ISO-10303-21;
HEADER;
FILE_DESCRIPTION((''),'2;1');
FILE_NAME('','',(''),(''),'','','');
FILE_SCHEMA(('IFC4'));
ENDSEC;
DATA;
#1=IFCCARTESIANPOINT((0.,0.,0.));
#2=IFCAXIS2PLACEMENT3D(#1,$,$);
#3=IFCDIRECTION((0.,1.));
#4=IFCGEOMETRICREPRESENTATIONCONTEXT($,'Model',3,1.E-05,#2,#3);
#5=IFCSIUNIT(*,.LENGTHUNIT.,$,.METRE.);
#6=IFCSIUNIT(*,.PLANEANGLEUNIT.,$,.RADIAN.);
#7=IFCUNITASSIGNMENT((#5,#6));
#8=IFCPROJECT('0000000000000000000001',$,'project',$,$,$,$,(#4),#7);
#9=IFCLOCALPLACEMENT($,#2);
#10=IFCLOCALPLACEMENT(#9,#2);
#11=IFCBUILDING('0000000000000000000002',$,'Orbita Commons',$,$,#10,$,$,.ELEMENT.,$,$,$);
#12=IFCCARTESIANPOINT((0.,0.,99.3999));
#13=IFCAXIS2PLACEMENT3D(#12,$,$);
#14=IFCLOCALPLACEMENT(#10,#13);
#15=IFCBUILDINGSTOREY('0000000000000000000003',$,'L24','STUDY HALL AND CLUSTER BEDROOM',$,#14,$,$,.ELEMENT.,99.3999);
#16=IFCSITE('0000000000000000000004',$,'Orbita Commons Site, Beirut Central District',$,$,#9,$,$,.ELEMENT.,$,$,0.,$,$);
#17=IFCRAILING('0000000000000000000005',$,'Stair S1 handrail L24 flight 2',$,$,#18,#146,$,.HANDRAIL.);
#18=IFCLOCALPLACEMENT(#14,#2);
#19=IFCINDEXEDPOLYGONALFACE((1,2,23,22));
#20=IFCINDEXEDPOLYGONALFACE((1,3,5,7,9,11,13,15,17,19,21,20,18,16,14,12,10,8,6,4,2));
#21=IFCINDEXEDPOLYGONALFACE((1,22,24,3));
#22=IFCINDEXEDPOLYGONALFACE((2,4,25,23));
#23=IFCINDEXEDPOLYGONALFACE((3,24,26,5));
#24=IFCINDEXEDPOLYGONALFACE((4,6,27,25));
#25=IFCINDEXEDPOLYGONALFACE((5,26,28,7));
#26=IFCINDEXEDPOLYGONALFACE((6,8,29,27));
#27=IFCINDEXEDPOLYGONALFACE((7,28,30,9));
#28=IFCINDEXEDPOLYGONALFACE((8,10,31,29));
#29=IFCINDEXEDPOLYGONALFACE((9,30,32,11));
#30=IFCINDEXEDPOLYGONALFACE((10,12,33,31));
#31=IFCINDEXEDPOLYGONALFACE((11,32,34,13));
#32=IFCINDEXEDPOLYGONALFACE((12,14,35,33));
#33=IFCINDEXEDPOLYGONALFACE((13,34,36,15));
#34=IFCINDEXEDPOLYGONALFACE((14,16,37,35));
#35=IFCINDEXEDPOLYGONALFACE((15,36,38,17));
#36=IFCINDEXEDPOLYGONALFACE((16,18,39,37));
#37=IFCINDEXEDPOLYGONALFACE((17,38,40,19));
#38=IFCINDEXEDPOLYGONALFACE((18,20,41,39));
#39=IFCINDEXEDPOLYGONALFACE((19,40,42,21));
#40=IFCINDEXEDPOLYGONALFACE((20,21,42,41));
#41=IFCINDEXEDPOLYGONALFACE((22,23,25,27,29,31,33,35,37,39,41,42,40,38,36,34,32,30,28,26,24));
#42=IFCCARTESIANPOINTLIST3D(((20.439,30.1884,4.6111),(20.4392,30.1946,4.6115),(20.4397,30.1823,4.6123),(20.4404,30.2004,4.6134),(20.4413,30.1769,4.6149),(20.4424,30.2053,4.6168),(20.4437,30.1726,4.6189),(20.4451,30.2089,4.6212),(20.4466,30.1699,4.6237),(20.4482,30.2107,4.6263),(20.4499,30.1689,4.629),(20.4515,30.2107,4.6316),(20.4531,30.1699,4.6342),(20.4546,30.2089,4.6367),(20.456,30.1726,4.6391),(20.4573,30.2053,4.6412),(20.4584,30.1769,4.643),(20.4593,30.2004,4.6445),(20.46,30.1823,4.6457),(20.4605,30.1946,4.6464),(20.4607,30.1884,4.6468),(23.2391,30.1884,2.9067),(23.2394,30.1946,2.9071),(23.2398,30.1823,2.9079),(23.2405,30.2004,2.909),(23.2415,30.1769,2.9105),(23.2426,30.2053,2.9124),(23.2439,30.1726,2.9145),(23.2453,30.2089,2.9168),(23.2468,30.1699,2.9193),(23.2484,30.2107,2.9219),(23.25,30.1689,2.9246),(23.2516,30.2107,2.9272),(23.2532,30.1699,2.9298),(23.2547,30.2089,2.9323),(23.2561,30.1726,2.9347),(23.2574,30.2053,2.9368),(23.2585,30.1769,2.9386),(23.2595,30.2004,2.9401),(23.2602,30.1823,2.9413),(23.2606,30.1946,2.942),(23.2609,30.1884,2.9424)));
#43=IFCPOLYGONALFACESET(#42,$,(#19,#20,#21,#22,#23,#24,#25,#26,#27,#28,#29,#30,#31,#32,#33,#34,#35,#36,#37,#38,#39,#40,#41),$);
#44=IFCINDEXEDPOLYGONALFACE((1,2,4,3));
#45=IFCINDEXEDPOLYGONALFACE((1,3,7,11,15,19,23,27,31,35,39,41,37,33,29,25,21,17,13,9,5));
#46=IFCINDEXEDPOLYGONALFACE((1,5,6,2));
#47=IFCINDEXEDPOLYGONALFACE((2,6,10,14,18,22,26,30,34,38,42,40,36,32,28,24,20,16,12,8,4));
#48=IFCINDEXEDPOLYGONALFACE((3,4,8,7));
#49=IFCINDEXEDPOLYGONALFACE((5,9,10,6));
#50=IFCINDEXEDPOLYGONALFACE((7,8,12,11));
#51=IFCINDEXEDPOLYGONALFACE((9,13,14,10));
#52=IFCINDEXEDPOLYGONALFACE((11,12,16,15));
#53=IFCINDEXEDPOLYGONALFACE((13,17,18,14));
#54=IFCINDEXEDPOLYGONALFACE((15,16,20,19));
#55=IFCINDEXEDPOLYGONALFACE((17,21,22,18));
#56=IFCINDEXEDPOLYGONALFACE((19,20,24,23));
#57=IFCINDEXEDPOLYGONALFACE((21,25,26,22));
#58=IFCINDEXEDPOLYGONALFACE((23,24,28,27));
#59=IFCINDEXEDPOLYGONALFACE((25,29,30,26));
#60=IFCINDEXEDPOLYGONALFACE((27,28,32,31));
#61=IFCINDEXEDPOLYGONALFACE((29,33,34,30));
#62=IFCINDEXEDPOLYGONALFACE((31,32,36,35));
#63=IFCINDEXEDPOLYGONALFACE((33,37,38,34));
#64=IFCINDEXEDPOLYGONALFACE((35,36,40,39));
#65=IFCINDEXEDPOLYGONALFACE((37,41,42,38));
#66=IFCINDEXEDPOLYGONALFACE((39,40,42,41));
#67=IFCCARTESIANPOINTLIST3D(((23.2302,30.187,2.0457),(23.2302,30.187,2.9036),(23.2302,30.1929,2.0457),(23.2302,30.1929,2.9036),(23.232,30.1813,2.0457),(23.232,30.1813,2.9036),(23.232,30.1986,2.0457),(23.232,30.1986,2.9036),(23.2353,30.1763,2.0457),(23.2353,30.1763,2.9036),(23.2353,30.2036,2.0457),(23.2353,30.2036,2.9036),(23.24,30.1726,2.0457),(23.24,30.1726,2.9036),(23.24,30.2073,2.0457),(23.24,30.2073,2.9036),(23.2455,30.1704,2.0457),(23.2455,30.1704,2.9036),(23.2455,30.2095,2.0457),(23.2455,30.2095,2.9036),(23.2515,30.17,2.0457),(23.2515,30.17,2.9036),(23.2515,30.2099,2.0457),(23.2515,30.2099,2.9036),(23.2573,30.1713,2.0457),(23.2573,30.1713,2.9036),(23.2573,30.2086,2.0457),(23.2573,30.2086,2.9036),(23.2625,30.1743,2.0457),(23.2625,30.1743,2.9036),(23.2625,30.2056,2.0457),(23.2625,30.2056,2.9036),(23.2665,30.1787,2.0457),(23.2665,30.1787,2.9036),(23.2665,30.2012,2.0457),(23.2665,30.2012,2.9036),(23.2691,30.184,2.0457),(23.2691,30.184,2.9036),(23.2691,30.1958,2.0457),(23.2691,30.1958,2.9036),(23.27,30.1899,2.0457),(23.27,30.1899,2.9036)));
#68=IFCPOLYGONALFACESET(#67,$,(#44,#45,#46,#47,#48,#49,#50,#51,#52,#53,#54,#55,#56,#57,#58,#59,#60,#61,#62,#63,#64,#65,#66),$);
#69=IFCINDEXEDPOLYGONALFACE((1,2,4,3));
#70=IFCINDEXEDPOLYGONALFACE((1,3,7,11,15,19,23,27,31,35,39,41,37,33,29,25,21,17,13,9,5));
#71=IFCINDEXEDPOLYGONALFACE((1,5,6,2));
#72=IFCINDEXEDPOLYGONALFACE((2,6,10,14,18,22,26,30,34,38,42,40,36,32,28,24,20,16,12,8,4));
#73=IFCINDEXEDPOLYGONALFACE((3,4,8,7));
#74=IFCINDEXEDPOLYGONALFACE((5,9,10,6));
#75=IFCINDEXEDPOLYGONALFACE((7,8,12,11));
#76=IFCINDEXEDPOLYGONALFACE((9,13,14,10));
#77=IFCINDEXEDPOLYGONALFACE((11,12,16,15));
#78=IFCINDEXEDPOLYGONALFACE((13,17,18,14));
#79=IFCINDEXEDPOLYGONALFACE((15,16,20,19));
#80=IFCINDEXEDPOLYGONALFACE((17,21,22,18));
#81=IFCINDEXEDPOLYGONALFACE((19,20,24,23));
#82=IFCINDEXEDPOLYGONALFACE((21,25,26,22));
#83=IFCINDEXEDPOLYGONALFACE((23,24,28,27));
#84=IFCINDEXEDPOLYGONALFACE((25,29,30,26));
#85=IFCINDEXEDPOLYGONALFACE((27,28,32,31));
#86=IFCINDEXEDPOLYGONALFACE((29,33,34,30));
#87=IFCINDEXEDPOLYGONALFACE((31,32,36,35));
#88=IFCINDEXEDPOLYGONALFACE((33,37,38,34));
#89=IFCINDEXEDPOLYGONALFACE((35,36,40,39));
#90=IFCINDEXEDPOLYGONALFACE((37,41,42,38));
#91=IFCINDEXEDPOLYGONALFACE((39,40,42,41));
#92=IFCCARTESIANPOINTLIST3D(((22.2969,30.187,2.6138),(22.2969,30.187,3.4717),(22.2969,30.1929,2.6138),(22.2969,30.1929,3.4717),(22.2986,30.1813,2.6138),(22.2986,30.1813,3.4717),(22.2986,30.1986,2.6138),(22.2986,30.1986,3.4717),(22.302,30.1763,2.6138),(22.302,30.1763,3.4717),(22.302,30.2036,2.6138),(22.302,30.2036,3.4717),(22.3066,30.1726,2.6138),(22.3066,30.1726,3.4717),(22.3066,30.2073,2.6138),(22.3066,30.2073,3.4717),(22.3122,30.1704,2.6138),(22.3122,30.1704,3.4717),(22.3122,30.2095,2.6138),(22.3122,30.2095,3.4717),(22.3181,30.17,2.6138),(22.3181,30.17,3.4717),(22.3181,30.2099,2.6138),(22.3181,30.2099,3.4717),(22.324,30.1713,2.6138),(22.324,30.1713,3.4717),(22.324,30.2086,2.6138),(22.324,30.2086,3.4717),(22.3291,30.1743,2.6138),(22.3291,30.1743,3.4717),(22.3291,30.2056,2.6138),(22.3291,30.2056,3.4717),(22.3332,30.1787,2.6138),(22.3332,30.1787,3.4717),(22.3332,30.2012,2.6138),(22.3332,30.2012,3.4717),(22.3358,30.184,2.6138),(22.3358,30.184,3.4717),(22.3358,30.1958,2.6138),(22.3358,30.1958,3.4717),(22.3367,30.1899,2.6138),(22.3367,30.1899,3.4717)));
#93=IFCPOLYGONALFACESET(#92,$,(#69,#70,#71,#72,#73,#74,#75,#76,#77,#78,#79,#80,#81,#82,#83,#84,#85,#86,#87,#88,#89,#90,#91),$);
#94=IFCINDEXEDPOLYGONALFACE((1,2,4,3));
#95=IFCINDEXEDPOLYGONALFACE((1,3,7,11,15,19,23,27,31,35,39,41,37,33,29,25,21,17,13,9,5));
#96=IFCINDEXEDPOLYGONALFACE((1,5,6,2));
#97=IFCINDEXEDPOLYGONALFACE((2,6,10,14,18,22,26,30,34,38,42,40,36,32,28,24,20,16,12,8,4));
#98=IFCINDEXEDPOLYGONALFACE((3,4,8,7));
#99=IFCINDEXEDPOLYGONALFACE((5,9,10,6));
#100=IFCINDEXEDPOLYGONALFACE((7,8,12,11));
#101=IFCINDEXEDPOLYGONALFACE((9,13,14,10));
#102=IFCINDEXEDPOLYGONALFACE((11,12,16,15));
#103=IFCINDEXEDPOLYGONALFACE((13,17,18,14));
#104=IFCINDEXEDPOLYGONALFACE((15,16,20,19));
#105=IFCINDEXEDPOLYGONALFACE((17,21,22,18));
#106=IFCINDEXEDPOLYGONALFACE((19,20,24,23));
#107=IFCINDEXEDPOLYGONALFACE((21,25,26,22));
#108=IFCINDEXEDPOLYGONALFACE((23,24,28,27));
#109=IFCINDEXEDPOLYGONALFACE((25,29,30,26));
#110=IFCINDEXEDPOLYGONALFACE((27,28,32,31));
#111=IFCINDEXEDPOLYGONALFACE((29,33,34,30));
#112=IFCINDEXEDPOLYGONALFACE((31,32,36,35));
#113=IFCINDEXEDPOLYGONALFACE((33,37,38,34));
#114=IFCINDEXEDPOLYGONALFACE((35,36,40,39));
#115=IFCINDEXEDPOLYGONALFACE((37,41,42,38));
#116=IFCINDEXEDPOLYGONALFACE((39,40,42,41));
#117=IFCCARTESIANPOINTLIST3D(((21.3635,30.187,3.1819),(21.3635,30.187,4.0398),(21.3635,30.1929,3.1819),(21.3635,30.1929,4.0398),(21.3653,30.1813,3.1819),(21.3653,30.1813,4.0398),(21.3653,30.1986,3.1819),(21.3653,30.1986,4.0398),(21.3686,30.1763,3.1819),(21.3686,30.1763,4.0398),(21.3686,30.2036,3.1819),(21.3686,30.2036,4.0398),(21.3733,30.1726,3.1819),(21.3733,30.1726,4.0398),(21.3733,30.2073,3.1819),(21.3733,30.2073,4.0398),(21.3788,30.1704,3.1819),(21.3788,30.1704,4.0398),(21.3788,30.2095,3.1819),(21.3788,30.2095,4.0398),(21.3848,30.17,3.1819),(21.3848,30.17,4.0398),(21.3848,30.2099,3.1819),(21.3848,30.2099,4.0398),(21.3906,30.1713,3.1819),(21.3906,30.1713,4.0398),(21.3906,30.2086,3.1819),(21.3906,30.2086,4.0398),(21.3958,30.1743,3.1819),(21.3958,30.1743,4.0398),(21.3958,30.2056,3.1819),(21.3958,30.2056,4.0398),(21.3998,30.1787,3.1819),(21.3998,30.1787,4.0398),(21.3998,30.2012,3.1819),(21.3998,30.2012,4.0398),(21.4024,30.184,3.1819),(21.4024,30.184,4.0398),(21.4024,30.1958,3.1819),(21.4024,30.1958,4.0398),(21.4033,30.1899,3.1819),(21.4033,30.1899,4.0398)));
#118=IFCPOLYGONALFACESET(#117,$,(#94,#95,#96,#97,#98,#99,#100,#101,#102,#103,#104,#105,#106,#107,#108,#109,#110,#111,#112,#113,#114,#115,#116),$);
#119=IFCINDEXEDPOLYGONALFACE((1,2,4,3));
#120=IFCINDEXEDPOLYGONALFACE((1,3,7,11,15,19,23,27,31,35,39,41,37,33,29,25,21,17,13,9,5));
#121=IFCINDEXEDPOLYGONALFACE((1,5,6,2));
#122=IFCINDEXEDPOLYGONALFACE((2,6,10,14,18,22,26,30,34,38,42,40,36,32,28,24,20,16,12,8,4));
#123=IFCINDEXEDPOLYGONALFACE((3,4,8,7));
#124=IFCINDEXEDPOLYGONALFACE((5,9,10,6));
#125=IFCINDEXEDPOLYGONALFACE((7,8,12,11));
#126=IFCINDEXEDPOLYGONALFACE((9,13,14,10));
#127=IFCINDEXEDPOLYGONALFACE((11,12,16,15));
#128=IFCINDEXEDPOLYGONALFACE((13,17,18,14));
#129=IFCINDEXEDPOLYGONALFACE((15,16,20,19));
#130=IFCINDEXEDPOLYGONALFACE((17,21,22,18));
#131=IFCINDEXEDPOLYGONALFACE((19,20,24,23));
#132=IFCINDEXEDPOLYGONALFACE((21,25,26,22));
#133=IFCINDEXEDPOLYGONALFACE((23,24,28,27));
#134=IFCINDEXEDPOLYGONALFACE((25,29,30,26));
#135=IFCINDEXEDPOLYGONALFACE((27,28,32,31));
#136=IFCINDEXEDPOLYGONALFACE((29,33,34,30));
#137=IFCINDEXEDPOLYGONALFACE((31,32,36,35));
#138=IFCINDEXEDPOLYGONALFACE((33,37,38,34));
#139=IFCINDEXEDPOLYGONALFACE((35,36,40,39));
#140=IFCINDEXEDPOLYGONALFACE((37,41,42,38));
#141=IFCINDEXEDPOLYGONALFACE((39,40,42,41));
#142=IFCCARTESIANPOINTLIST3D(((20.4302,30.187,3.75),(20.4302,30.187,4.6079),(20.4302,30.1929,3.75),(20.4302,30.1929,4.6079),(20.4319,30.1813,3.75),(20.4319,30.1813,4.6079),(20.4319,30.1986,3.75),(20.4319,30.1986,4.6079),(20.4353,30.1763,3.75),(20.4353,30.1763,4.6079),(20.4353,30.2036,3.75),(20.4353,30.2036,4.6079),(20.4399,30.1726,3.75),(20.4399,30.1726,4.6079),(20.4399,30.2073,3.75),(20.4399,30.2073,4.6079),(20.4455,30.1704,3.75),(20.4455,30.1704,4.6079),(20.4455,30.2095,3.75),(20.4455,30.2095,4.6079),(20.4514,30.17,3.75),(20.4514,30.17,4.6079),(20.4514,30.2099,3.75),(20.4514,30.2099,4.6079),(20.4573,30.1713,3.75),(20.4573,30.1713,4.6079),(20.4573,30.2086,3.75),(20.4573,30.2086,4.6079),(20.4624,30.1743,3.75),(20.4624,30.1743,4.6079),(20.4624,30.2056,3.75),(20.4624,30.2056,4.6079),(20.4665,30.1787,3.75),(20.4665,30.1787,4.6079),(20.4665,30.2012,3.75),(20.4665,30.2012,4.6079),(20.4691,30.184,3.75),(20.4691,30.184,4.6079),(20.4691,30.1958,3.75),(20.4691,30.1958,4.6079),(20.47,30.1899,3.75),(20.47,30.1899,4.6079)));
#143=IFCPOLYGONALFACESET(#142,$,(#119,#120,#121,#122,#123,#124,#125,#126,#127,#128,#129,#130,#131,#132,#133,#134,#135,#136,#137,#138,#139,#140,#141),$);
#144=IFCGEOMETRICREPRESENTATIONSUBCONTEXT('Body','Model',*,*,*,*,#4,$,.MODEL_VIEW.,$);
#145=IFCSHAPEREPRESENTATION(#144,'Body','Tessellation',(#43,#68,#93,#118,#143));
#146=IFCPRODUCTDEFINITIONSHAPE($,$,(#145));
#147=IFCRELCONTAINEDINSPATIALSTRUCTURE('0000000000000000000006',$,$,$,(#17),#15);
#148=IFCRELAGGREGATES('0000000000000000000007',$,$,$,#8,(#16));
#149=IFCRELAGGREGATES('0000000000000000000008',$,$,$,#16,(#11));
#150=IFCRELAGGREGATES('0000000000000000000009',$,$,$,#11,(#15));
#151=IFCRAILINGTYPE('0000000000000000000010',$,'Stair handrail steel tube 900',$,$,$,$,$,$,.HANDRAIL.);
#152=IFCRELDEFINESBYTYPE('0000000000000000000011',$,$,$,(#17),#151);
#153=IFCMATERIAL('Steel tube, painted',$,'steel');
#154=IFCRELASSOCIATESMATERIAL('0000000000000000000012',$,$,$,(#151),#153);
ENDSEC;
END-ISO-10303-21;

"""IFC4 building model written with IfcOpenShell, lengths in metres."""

from ifc_helpers import new_model, si_unit, direction, frame, origin, origin_2d, place, context, subcontext, project, spatial, circle, extrude, material, type_object, element, save


model = new_model("IFC4")

# Units and contexts
model_context = context("Model", 3, precision=1e-05, world=origin(), true_north=direction((0.0, 1.0)))
body_context = subcontext(model_context, "Body", "Model", "MODEL_VIEW")
ifc_project = project(units=[si_unit("LENGTHUNIT", "METRE"), si_unit("PLANEANGLEUNIT", "RADIAN")], contexts=[model_context])

# Site, building, storey
site_placement = place(None, origin())
site = spatial("IfcSite", under=ifc_project, at=site_placement, Name="Orbita Commons Site, Beirut Central District", CompositionType="ELEMENT", RefElevation=0.0)
building_placement = place(site_placement, origin())
building = spatial("IfcBuilding", under=site, at=building_placement, Name="Orbita Commons", CompositionType="ELEMENT")
storey_placement = place(building_placement, frame((0.0, 0.0, 99.3999)))
storey = spatial("IfcBuildingStorey", under=building, at=storey_placement, Name="L24", Description="STUDY HALL AND CLUSTER BEDROOM", CompositionType="ELEMENT", Elevation=99.3999)

# Railing
ifc_material_1 = material(Name="Steel tube, painted", Category="steel")
railing_type = type_object("IfcRailingType", Name="Stair handrail steel tube 900", PredefinedType="HANDRAIL", material=ifc_material_1)
for number, where, name in (
    (1, (23.25, 30.1899, 2.0457), "Stair S1 handrail L24 flight 2"),
):
    element("IfcRailing", number, at=place(storey_placement, frame(where)), inside=storey, type_object=railing_type, Name=name, PredefinedType="HANDRAIL", context=body_context, shape_type="SweptSolid", body=[
        extrude(circle(Radius=0.021, at=origin_2d()), frame((0.0, 0.0, 0.8789), z_axis=(-0.854203, 0.0, 0.51994), x_axis=(0.0, -1.0, 0.0)), (0.0, 0.0, 1.0), 3.2781),
        extrude(circle(Radius=0.02, at=origin_2d()), origin(), (0.0, 0.0, 1.0), 0.8579),
        extrude(circle(Radius=0.02, at=origin_2d()), frame((-0.9333, 0.0, 0.5681)), (0.0, 0.0, 1.0), 0.8579),
        extrude(circle(Radius=0.02, at=origin_2d()), frame((-1.8667, 0.0, 1.1362)), (0.0, 0.0, 1.0), 0.8579),
        extrude(circle(Radius=0.02, at=origin_2d()), frame((-2.8, 0.0, 1.7043)), (0.0, 0.0, 1.0), 0.8579),
    ])

save(model, "model.ifc")
